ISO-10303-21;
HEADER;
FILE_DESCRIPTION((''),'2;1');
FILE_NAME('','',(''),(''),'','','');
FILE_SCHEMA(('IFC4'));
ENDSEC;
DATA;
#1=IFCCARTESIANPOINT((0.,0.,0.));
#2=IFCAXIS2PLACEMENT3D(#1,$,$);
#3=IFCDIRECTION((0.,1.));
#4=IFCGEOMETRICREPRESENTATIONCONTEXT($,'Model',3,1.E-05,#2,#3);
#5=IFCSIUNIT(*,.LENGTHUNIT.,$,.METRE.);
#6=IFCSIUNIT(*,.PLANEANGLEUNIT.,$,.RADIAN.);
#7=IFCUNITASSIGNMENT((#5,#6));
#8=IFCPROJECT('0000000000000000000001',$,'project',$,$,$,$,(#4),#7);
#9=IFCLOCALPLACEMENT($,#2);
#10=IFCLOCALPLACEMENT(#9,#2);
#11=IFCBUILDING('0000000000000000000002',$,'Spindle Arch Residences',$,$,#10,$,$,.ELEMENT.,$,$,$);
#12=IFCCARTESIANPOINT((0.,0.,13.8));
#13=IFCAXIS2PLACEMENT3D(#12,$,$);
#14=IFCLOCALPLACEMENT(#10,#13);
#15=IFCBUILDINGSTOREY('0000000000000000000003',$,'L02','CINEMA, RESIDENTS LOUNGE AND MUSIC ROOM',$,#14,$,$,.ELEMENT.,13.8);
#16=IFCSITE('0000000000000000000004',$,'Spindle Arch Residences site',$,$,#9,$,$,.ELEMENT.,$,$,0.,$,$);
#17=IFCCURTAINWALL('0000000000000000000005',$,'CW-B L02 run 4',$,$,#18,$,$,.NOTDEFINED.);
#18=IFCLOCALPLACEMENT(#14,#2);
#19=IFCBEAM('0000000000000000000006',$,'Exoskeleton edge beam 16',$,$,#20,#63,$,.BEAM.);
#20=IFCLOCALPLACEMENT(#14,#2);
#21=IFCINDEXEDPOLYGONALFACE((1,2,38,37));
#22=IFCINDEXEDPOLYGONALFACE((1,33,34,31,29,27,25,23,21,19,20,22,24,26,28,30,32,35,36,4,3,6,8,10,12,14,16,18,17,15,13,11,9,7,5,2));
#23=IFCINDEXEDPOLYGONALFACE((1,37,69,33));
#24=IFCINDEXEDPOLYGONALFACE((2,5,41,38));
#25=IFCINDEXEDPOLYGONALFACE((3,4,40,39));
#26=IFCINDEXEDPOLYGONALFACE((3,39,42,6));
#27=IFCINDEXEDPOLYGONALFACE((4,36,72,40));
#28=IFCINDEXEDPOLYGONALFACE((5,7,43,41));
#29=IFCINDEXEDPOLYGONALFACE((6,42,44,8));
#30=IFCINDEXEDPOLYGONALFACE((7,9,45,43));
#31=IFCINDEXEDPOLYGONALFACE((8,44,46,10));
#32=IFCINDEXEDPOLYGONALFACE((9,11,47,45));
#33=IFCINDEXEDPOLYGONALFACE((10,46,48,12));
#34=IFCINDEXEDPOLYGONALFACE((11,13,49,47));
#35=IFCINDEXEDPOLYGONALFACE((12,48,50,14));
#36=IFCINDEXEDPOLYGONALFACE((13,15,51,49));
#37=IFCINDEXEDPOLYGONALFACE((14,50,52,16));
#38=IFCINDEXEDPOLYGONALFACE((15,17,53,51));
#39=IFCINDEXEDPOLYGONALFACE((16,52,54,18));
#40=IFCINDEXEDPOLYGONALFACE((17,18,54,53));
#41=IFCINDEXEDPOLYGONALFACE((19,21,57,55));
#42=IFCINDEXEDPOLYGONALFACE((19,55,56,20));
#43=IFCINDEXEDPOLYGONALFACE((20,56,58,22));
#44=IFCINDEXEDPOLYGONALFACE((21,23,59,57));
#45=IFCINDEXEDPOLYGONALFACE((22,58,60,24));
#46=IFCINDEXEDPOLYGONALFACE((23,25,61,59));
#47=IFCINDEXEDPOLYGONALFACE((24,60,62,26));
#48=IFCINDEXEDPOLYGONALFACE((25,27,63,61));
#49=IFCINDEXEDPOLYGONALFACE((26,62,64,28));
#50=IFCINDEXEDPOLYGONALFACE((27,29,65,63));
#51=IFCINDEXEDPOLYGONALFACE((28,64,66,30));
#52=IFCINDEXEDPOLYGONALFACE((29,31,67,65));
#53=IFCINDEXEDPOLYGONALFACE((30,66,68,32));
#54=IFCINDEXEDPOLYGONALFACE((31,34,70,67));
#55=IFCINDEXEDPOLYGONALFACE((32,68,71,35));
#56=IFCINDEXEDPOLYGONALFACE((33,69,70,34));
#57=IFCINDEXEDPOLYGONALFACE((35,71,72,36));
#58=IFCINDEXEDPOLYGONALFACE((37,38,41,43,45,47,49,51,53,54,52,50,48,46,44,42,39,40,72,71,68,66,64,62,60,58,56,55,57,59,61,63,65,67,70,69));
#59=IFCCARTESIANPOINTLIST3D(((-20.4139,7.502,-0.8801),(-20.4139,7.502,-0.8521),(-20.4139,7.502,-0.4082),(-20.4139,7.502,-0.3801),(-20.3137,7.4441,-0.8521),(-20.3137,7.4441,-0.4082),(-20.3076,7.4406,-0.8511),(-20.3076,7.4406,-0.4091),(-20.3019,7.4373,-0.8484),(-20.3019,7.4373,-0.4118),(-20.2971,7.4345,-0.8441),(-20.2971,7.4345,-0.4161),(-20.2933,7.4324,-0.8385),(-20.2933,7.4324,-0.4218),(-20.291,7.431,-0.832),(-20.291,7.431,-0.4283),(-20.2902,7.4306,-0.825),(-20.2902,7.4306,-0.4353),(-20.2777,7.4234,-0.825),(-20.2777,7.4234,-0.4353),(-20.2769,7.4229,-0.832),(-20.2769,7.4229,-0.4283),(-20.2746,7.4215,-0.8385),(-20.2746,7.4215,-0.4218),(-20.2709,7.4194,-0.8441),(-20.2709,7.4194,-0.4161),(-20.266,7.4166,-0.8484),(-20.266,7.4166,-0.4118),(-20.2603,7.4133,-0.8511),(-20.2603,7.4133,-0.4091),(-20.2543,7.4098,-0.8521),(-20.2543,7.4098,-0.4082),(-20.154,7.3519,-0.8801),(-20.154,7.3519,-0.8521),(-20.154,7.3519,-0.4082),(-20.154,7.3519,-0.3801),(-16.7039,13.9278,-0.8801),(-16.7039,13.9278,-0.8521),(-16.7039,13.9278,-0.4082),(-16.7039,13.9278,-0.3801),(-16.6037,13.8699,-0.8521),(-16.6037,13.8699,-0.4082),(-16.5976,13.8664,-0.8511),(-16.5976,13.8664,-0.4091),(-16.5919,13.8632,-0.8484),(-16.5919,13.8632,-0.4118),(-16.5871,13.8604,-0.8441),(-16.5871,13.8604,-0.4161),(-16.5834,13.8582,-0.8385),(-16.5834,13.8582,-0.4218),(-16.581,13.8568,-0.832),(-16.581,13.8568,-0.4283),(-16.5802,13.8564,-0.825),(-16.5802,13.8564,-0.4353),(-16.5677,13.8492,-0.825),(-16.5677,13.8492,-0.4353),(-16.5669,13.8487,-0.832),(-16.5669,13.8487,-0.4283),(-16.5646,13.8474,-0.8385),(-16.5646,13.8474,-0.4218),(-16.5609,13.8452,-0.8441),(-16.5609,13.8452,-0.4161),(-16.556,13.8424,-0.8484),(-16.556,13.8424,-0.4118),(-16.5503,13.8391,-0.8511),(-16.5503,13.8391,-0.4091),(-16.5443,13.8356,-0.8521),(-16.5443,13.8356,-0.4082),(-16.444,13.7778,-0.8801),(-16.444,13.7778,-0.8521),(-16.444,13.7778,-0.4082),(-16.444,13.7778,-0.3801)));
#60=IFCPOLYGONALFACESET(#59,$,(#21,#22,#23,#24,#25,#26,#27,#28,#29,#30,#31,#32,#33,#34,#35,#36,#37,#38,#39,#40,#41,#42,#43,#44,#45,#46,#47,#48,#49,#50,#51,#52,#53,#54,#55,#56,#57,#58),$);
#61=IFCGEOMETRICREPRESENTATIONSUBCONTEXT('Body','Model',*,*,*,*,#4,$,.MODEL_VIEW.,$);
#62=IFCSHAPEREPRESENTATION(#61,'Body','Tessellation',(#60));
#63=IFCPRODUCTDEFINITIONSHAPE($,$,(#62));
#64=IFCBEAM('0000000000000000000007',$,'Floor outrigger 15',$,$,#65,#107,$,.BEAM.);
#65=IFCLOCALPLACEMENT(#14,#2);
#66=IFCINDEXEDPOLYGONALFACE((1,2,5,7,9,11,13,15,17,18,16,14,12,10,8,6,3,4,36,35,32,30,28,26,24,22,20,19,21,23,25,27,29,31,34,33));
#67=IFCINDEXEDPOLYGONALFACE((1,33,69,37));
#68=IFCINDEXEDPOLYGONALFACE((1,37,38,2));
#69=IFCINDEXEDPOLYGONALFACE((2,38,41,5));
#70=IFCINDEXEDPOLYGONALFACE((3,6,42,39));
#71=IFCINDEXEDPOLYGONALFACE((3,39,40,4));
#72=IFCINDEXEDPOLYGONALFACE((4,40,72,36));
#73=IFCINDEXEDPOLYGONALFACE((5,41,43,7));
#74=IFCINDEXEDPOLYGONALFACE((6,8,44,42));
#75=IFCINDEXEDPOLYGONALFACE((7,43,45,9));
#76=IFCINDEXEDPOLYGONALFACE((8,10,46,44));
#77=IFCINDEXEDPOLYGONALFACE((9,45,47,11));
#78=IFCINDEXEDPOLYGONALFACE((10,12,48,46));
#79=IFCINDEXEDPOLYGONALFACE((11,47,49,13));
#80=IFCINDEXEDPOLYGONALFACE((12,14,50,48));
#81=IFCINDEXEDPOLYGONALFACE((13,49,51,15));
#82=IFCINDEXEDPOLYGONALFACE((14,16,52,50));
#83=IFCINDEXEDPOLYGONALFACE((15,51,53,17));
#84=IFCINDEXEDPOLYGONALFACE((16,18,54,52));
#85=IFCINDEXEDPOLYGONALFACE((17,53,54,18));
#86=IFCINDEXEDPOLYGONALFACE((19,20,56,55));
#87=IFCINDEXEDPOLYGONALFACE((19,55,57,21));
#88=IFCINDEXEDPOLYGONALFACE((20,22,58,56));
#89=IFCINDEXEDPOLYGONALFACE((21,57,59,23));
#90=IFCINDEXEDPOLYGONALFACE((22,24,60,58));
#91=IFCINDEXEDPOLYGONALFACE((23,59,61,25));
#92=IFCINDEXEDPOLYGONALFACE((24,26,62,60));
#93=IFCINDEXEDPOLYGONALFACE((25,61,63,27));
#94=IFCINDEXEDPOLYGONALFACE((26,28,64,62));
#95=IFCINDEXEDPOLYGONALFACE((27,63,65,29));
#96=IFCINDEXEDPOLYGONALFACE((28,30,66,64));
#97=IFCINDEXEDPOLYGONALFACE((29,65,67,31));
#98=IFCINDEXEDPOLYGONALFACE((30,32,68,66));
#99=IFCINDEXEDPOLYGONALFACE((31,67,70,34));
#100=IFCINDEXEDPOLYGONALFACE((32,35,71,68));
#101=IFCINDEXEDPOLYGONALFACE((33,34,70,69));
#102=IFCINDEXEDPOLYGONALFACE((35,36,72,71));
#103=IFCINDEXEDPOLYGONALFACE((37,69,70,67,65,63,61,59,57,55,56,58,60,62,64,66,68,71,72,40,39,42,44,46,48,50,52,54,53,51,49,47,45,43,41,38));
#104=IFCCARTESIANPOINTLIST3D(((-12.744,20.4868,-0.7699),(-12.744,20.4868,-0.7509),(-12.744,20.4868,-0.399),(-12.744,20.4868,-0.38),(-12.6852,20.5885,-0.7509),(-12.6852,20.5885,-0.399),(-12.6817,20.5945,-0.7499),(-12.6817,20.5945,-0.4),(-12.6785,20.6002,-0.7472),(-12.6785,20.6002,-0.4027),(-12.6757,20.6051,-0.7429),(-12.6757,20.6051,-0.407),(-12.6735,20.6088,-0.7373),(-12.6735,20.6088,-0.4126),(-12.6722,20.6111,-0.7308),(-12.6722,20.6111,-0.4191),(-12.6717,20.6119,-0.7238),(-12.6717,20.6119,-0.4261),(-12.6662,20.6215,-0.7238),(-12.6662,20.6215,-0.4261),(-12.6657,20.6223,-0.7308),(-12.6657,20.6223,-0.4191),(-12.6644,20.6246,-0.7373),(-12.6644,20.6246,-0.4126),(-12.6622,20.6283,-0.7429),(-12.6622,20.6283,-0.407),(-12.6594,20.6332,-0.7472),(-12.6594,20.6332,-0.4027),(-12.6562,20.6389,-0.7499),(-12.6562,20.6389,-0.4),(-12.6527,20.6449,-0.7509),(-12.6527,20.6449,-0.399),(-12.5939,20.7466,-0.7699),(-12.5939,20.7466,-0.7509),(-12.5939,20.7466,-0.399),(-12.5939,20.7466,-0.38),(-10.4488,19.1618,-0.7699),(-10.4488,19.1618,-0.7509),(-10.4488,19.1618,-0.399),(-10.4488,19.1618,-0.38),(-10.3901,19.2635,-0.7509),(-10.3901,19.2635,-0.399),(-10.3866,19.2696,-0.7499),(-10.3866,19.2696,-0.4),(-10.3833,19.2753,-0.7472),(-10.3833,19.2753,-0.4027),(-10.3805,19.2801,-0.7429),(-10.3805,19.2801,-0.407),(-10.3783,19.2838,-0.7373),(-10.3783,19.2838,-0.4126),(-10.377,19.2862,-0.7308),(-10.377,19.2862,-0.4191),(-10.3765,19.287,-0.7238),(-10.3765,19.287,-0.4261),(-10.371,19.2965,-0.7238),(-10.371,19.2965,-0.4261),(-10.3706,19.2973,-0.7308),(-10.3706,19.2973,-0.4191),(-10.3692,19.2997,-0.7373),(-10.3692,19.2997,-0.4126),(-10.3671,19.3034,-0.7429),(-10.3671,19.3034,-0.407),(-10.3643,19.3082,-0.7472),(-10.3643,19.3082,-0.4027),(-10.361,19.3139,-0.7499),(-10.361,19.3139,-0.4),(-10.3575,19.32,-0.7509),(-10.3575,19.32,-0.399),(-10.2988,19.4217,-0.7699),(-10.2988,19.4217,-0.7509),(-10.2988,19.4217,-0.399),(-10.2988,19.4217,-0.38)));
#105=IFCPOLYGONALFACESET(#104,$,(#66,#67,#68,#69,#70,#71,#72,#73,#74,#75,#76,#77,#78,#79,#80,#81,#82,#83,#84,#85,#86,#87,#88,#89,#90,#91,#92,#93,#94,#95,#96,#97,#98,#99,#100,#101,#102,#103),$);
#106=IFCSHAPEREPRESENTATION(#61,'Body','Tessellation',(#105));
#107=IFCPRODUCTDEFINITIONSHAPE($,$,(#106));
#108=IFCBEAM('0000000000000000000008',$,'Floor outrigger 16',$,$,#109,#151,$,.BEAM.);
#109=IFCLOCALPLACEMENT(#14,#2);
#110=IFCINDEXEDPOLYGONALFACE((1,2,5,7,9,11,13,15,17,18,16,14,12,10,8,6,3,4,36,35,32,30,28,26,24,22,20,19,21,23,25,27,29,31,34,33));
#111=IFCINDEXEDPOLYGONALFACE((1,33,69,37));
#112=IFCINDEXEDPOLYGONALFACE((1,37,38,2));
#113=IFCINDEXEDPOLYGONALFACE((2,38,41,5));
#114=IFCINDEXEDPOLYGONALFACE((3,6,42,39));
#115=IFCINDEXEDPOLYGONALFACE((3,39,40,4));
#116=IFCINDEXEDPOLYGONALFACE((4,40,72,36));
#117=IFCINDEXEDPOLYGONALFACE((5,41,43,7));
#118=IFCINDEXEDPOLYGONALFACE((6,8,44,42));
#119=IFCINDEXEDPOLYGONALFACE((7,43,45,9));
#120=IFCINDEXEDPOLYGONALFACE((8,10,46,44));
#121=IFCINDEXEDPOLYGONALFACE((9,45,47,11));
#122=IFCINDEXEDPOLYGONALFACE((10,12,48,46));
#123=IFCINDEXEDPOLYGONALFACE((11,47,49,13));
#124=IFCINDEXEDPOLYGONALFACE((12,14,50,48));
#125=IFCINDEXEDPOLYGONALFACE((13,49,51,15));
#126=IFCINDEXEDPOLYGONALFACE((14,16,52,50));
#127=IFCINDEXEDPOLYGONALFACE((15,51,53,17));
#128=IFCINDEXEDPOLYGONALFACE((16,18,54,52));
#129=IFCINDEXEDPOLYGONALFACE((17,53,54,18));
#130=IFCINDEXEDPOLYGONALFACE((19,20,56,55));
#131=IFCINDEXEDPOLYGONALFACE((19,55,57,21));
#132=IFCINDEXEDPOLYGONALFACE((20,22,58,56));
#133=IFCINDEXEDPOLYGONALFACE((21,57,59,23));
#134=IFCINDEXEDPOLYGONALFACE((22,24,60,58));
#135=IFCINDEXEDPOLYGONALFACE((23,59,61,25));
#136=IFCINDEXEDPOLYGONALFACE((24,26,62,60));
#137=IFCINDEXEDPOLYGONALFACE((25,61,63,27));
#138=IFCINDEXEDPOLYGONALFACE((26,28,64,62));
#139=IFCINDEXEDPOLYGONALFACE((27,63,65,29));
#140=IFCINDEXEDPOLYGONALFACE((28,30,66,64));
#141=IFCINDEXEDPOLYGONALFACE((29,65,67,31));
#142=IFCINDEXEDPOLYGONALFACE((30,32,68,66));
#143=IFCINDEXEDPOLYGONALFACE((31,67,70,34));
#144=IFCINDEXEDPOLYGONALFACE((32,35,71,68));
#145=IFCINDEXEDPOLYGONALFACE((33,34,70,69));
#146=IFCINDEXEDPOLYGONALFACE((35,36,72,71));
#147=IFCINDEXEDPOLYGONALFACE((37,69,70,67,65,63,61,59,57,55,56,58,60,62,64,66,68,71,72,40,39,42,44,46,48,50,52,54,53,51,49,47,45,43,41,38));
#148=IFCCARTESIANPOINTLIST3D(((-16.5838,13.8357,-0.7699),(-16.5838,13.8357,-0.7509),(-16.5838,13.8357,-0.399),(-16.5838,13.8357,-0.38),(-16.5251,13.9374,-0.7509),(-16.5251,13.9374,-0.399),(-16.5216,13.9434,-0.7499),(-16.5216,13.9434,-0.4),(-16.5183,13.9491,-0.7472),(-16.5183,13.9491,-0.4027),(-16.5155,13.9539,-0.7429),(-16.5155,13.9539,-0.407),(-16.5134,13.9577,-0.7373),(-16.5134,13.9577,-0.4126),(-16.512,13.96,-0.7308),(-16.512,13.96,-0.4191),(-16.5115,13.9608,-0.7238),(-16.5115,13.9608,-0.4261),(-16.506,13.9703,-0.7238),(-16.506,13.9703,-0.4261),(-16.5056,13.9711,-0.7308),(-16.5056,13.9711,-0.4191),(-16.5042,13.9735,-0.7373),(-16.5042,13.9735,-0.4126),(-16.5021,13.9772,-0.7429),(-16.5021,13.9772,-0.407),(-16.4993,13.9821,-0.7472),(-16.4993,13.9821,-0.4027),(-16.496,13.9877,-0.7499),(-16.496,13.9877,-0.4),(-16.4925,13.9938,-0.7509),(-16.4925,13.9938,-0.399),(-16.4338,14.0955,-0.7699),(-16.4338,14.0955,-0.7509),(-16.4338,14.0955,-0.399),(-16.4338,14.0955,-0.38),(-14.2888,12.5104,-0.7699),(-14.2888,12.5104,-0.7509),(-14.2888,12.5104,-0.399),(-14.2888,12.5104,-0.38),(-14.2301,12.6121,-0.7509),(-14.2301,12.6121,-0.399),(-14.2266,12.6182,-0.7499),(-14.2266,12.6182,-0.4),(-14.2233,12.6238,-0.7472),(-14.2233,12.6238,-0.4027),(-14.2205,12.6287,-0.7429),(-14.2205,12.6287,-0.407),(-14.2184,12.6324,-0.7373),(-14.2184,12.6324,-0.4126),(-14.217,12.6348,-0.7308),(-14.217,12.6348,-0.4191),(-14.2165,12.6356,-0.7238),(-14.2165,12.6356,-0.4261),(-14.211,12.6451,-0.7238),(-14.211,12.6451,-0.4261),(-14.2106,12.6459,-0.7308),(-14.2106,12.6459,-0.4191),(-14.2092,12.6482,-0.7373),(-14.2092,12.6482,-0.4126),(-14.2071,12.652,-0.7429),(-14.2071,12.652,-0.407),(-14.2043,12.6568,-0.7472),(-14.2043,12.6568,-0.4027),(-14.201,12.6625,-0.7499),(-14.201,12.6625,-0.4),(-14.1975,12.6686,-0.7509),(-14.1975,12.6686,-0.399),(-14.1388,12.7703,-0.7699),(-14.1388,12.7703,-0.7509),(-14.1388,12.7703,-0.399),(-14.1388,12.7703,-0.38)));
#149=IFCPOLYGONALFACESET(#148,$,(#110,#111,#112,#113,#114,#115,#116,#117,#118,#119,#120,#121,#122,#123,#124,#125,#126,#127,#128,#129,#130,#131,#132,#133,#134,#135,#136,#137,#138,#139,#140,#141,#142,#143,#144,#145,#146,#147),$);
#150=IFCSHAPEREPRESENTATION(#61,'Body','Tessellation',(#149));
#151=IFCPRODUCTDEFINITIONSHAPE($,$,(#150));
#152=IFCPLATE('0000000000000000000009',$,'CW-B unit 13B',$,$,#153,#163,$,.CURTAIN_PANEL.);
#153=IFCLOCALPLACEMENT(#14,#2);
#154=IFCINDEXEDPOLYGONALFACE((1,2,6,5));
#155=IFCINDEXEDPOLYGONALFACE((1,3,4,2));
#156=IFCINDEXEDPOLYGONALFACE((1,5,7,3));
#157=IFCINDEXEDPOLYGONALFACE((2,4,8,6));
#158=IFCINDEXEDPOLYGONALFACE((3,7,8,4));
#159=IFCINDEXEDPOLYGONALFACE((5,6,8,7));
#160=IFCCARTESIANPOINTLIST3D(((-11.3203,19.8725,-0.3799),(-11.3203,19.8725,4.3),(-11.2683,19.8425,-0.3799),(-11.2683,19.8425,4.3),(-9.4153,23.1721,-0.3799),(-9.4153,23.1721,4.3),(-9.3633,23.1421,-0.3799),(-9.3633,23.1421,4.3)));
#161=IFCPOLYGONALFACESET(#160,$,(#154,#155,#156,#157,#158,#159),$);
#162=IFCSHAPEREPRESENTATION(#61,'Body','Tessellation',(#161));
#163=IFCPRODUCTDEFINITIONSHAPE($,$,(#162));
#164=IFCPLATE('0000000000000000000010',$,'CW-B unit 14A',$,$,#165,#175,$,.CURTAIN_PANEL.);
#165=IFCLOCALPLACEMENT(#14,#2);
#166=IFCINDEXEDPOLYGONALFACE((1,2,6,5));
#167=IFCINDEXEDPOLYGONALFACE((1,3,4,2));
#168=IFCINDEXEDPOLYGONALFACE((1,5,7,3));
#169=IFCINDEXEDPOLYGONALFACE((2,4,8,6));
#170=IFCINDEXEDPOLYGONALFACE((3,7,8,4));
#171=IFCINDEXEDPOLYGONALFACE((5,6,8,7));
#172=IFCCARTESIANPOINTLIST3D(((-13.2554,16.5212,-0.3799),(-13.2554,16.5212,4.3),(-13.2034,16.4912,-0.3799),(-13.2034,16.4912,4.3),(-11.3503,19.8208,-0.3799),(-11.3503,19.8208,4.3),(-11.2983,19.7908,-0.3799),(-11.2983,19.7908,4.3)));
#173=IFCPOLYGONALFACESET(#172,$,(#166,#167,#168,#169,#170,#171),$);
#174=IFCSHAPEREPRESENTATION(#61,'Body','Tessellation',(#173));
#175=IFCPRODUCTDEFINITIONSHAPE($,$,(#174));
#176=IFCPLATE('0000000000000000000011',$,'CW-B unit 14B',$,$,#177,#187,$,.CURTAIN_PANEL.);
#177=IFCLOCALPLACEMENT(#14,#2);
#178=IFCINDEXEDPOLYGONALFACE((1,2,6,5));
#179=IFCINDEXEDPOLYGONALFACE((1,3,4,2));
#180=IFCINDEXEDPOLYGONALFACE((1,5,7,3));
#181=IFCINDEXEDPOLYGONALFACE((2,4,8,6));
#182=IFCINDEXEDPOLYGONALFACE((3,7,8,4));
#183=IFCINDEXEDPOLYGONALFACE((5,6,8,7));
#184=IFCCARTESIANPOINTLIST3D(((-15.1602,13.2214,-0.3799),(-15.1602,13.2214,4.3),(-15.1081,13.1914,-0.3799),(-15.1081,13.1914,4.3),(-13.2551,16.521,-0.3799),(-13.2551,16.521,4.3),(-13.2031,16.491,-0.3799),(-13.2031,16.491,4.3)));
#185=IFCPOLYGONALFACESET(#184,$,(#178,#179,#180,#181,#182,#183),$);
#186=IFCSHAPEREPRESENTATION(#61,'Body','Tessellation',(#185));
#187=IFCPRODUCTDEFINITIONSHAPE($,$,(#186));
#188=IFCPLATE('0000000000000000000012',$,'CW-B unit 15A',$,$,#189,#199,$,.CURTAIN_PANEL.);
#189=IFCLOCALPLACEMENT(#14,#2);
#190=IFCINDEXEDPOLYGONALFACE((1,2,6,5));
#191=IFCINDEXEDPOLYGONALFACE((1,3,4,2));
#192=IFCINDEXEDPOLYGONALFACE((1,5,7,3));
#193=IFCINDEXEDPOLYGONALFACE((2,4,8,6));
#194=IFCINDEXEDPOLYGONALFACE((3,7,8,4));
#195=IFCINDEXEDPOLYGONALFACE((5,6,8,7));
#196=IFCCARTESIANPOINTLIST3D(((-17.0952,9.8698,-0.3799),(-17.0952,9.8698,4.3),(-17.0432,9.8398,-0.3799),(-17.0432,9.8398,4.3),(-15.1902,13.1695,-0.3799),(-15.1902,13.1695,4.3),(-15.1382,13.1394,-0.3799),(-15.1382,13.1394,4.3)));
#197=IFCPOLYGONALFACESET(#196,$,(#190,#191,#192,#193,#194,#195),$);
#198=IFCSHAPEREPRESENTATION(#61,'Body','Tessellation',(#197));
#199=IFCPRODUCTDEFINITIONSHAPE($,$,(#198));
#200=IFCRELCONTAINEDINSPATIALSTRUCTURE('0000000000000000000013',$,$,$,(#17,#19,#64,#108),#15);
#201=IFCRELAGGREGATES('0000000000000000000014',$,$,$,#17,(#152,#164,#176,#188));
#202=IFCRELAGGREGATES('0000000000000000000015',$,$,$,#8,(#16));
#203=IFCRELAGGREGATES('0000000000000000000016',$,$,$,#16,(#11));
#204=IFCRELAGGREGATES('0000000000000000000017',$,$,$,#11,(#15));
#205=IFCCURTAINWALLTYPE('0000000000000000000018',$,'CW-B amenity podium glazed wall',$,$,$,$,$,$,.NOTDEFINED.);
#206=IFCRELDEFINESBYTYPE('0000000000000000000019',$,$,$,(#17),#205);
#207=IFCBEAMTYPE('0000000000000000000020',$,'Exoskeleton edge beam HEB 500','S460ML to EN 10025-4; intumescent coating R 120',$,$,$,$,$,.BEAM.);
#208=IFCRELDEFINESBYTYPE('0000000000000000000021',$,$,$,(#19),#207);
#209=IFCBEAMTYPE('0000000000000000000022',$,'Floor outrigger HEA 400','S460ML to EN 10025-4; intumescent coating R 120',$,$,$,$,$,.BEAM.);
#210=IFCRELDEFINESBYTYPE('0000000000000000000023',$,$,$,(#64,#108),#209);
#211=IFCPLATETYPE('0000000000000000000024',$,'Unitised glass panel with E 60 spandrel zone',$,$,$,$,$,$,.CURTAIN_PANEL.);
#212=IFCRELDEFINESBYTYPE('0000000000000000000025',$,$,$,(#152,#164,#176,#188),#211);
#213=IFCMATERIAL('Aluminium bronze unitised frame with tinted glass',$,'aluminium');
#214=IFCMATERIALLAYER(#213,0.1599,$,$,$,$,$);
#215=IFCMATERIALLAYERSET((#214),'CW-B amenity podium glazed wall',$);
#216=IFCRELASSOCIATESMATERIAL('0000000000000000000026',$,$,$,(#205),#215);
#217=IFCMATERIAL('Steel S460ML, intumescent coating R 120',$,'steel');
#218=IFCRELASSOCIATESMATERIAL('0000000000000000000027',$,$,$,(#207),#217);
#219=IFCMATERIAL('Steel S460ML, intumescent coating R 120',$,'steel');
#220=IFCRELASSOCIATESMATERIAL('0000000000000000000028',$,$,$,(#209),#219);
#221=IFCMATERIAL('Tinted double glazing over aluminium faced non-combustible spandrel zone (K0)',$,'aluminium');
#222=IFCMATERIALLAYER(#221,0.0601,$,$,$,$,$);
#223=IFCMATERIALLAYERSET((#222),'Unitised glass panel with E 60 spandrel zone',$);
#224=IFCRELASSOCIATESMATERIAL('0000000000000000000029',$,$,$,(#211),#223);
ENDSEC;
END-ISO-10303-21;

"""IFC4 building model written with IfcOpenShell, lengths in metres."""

from ifc_helpers import new_model, si_unit, direction, frame, origin, origin_2d, place, context, subcontext, project, spatial, rectangle, i_section, extrude, material, layer, layer_set, material_profile, profile_set, type_object, element, aggregate, save


model = new_model("IFC4")

# Units and contexts
model_context = context("Model", 3, precision=1e-05, world=origin(), true_north=direction((0.0, 1.0)))
body_context = subcontext(model_context, "Body", "Model", "MODEL_VIEW")
ifc_project = project(units=[si_unit("LENGTHUNIT", "METRE"), si_unit("PLANEANGLEUNIT", "RADIAN")], contexts=[model_context])

# Site, building, storey
site_placement = place(None, origin())
site = spatial("IfcSite", under=ifc_project, at=site_placement, Name="Spindle Arch Residences site", CompositionType="ELEMENT", RefElevation=0.0)
building_placement = place(site_placement, origin())
building = spatial("IfcBuilding", under=site, at=building_placement, Name="Spindle Arch Residences", CompositionType="ELEMENT")
storey_placement = place(building_placement, frame((0.0, 0.0, 13.8)))
storey = spatial("IfcBuildingStorey", under=building, at=storey_placement, Name="L02", Description="CINEMA, RESIDENTS LOUNGE AND MUSIC ROOM", CompositionType="ELEMENT", Elevation=13.8)

# Curtain wall
ifc_material_1 = material(Name="Aluminium bronze unitised frame with tinted glass", Category="aluminium")
ifc_layer_1 = layer(ifc_material_1, 0.1599)
ifc_layer_set_1 = layer_set([ifc_layer_1], Name="CW-B amenity podium glazed wall")
curtain_wall_type = type_object("IfcCurtainWallType", Name="CW-B amenity podium glazed wall", PredefinedType="NOTDEFINED", material=ifc_layer_set_1)
curtain_wall_placement = place(storey_placement, origin())
curtain_wall = element("IfcCurtainWall", 1, at=curtain_wall_placement, inside=storey, type_object=curtain_wall_type, Name="CW-B L02 run 4", PredefinedType="NOTDEFINED")

# Beams
ifc_material_2 = material(Name="Steel S460ML, intumescent coating R 120", Category="steel")
ifc_material_profile_1 = material_profile(ifc_material_2, i_section(OverallWidth=0.3, OverallDepth=0.5, WebThickness=0.0144, FlangeThickness=0.0281, FilletRadius=0.0271, at=origin_2d()), Name="HEB 500")
ifc_profile_set_1 = profile_set([ifc_material_profile_1], Name="Steel S460ML, intumescent coating R 120")
beam_type_1 = type_object("IfcBeamType", Name="Exoskeleton edge beam HEB 500", Description="S460ML to EN 10025-4; intumescent coating R 120", PredefinedType="BEAM", material=ifc_profile_set_1)
beam_1_placement = place(storey_placement, frame((-16.574, 13.8528, -0.6301), z_axis=(-0.500003, -0.866023, 0.0), x_axis=(0.866023, -0.500003, 0.0)))
element("IfcBeam", 2, at=beam_1_placement, inside=storey, type_object=beam_type_1, Name="Exoskeleton edge beam 16", PredefinedType="BEAM", context=body_context, shape_type="SweptSolid", body=[
    extrude(i_section(OverallWidth=0.3, OverallDepth=0.5, WebThickness=0.0144, FlangeThickness=0.0281, FilletRadius=0.0271, at=origin_2d()), origin(), (0.0, 0.0, 1.0), 7.4199),
])
ifc_material_3 = material(Name="Steel S460ML, intumescent coating R 120", Category="steel")
ifc_material_profile_2 = material_profile(ifc_material_3, i_section(OverallWidth=0.3, OverallDepth=0.3899, WebThickness=0.011, FlangeThickness=0.019, FilletRadius=0.0271, at=origin_2d()), Name="HEA 400")
ifc_profile_set_2 = profile_set([ifc_material_profile_2], Name="Steel S460ML, intumescent coating R 120")
beam_type_2 = type_object("IfcBeamType", Name="Floor outrigger HEA 400", Description="S460ML to EN 10025-4; intumescent coating R 120", PredefinedType="BEAM", material=ifc_profile_set_2)
for number, where, z_axis, x_axis, name in (
    (3, (-12.6689, 20.6167, -0.575), (0.866052, -0.499954, 0.0), (0.499954, 0.866052, 0.0), "Floor outrigger 15"),
    (4, (-16.5088, 13.9656, -0.575), (0.865989, -0.500063, 0.0), (0.500063, 0.865989, 0.0), "Floor outrigger 16"),
):
    element("IfcBeam", number, at=place(storey_placement, frame(where, z_axis=z_axis, x_axis=x_axis)), inside=storey, type_object=beam_type_2, Name=name, PredefinedType="BEAM", context=body_context, shape_type="SweptSolid", body=[
        extrude(i_section(OverallWidth=0.3, OverallDepth=0.3899, WebThickness=0.011, FlangeThickness=0.019, FilletRadius=0.0271, at=origin_2d()), origin(), (0.0, 0.0, 1.0), 2.6501),
    ])

# Plates
ifc_material_4 = material(Name="Tinted double glazing over aluminium faced non-combustible spandrel zone (K0)", Category="aluminium")
ifc_layer_2 = layer(ifc_material_4, 0.0601)
ifc_layer_set_2 = layer_set([ifc_layer_2], Name="Unitised glass panel with E 60 spandrel zone")
plate_type = type_object("IfcPlateType", Name="Unitised glass panel with E 60 spandrel zone", PredefinedType="CURTAIN_PANEL", material=ifc_layer_set_2)
plate_1_placement = place(storey_placement, frame((-10.3418, 21.5073, -0.3799), z_axis=(0.0, 0.0, 1.0), x_axis=(-0.5, -0.866025, 0.0)))
plate_1 = element("IfcPlate", 5, at=plate_1_placement, type_object=plate_type, Name="CW-B unit 13B", PredefinedType="CURTAIN_PANEL", context=body_context, shape_type="SweptSolid", body=[
    extrude(rectangle(XDim=3.8101, YDim=0.0601, at=origin_2d()), origin(), (0.0, 0.0, 1.0), 4.6799),
])
plate_2_placement = place(storey_placement, frame((-12.2769, 18.156, -0.3799), z_axis=(0.0, 0.0, 1.0), x_axis=(-0.5, -0.866025, 0.0)))
plate_2 = element("IfcPlate", 6, at=plate_2_placement, type_object=plate_type, Name="CW-B unit 14A", PredefinedType="CURTAIN_PANEL", context=body_context, shape_type="SweptSolid", body=[
    extrude(rectangle(XDim=3.8101, YDim=0.0601, at=origin_2d()), origin(), (0.0, 0.0, 1.0), 4.6799),
])
plate_3_placement = place(storey_placement, frame((-14.1816, 14.8562, -0.3799), z_axis=(0.0, 0.0, 1.0), x_axis=(-0.5, -0.866025, 0.0)))
plate_3 = element("IfcPlate", 7, at=plate_3_placement, type_object=plate_type, Name="CW-B unit 14B", PredefinedType="CURTAIN_PANEL", context=body_context, shape_type="SweptSolid", body=[
    extrude(rectangle(XDim=3.8101, YDim=0.0601, at=origin_2d()), origin(), (0.0, 0.0, 1.0), 4.6799),
])
plate_4_placement = place(storey_placement, frame((-16.1167, 11.5046, -0.3799), z_axis=(0.0, 0.0, 1.0), x_axis=(-0.5, -0.866025, 0.0)))
plate_4 = element("IfcPlate", 8, at=plate_4_placement, type_object=plate_type, Name="CW-B unit 15A", PredefinedType="CURTAIN_PANEL", context=body_context, shape_type="SweptSolid", body=[
    extrude(rectangle(XDim=3.8101, YDim=0.0601, at=origin_2d()), origin(), (0.0, 0.0, 1.0), 4.6799),
])
aggregate(curtain_wall, [plate_1, plate_2, plate_3, plate_4])

save(model, "model.ifc")
